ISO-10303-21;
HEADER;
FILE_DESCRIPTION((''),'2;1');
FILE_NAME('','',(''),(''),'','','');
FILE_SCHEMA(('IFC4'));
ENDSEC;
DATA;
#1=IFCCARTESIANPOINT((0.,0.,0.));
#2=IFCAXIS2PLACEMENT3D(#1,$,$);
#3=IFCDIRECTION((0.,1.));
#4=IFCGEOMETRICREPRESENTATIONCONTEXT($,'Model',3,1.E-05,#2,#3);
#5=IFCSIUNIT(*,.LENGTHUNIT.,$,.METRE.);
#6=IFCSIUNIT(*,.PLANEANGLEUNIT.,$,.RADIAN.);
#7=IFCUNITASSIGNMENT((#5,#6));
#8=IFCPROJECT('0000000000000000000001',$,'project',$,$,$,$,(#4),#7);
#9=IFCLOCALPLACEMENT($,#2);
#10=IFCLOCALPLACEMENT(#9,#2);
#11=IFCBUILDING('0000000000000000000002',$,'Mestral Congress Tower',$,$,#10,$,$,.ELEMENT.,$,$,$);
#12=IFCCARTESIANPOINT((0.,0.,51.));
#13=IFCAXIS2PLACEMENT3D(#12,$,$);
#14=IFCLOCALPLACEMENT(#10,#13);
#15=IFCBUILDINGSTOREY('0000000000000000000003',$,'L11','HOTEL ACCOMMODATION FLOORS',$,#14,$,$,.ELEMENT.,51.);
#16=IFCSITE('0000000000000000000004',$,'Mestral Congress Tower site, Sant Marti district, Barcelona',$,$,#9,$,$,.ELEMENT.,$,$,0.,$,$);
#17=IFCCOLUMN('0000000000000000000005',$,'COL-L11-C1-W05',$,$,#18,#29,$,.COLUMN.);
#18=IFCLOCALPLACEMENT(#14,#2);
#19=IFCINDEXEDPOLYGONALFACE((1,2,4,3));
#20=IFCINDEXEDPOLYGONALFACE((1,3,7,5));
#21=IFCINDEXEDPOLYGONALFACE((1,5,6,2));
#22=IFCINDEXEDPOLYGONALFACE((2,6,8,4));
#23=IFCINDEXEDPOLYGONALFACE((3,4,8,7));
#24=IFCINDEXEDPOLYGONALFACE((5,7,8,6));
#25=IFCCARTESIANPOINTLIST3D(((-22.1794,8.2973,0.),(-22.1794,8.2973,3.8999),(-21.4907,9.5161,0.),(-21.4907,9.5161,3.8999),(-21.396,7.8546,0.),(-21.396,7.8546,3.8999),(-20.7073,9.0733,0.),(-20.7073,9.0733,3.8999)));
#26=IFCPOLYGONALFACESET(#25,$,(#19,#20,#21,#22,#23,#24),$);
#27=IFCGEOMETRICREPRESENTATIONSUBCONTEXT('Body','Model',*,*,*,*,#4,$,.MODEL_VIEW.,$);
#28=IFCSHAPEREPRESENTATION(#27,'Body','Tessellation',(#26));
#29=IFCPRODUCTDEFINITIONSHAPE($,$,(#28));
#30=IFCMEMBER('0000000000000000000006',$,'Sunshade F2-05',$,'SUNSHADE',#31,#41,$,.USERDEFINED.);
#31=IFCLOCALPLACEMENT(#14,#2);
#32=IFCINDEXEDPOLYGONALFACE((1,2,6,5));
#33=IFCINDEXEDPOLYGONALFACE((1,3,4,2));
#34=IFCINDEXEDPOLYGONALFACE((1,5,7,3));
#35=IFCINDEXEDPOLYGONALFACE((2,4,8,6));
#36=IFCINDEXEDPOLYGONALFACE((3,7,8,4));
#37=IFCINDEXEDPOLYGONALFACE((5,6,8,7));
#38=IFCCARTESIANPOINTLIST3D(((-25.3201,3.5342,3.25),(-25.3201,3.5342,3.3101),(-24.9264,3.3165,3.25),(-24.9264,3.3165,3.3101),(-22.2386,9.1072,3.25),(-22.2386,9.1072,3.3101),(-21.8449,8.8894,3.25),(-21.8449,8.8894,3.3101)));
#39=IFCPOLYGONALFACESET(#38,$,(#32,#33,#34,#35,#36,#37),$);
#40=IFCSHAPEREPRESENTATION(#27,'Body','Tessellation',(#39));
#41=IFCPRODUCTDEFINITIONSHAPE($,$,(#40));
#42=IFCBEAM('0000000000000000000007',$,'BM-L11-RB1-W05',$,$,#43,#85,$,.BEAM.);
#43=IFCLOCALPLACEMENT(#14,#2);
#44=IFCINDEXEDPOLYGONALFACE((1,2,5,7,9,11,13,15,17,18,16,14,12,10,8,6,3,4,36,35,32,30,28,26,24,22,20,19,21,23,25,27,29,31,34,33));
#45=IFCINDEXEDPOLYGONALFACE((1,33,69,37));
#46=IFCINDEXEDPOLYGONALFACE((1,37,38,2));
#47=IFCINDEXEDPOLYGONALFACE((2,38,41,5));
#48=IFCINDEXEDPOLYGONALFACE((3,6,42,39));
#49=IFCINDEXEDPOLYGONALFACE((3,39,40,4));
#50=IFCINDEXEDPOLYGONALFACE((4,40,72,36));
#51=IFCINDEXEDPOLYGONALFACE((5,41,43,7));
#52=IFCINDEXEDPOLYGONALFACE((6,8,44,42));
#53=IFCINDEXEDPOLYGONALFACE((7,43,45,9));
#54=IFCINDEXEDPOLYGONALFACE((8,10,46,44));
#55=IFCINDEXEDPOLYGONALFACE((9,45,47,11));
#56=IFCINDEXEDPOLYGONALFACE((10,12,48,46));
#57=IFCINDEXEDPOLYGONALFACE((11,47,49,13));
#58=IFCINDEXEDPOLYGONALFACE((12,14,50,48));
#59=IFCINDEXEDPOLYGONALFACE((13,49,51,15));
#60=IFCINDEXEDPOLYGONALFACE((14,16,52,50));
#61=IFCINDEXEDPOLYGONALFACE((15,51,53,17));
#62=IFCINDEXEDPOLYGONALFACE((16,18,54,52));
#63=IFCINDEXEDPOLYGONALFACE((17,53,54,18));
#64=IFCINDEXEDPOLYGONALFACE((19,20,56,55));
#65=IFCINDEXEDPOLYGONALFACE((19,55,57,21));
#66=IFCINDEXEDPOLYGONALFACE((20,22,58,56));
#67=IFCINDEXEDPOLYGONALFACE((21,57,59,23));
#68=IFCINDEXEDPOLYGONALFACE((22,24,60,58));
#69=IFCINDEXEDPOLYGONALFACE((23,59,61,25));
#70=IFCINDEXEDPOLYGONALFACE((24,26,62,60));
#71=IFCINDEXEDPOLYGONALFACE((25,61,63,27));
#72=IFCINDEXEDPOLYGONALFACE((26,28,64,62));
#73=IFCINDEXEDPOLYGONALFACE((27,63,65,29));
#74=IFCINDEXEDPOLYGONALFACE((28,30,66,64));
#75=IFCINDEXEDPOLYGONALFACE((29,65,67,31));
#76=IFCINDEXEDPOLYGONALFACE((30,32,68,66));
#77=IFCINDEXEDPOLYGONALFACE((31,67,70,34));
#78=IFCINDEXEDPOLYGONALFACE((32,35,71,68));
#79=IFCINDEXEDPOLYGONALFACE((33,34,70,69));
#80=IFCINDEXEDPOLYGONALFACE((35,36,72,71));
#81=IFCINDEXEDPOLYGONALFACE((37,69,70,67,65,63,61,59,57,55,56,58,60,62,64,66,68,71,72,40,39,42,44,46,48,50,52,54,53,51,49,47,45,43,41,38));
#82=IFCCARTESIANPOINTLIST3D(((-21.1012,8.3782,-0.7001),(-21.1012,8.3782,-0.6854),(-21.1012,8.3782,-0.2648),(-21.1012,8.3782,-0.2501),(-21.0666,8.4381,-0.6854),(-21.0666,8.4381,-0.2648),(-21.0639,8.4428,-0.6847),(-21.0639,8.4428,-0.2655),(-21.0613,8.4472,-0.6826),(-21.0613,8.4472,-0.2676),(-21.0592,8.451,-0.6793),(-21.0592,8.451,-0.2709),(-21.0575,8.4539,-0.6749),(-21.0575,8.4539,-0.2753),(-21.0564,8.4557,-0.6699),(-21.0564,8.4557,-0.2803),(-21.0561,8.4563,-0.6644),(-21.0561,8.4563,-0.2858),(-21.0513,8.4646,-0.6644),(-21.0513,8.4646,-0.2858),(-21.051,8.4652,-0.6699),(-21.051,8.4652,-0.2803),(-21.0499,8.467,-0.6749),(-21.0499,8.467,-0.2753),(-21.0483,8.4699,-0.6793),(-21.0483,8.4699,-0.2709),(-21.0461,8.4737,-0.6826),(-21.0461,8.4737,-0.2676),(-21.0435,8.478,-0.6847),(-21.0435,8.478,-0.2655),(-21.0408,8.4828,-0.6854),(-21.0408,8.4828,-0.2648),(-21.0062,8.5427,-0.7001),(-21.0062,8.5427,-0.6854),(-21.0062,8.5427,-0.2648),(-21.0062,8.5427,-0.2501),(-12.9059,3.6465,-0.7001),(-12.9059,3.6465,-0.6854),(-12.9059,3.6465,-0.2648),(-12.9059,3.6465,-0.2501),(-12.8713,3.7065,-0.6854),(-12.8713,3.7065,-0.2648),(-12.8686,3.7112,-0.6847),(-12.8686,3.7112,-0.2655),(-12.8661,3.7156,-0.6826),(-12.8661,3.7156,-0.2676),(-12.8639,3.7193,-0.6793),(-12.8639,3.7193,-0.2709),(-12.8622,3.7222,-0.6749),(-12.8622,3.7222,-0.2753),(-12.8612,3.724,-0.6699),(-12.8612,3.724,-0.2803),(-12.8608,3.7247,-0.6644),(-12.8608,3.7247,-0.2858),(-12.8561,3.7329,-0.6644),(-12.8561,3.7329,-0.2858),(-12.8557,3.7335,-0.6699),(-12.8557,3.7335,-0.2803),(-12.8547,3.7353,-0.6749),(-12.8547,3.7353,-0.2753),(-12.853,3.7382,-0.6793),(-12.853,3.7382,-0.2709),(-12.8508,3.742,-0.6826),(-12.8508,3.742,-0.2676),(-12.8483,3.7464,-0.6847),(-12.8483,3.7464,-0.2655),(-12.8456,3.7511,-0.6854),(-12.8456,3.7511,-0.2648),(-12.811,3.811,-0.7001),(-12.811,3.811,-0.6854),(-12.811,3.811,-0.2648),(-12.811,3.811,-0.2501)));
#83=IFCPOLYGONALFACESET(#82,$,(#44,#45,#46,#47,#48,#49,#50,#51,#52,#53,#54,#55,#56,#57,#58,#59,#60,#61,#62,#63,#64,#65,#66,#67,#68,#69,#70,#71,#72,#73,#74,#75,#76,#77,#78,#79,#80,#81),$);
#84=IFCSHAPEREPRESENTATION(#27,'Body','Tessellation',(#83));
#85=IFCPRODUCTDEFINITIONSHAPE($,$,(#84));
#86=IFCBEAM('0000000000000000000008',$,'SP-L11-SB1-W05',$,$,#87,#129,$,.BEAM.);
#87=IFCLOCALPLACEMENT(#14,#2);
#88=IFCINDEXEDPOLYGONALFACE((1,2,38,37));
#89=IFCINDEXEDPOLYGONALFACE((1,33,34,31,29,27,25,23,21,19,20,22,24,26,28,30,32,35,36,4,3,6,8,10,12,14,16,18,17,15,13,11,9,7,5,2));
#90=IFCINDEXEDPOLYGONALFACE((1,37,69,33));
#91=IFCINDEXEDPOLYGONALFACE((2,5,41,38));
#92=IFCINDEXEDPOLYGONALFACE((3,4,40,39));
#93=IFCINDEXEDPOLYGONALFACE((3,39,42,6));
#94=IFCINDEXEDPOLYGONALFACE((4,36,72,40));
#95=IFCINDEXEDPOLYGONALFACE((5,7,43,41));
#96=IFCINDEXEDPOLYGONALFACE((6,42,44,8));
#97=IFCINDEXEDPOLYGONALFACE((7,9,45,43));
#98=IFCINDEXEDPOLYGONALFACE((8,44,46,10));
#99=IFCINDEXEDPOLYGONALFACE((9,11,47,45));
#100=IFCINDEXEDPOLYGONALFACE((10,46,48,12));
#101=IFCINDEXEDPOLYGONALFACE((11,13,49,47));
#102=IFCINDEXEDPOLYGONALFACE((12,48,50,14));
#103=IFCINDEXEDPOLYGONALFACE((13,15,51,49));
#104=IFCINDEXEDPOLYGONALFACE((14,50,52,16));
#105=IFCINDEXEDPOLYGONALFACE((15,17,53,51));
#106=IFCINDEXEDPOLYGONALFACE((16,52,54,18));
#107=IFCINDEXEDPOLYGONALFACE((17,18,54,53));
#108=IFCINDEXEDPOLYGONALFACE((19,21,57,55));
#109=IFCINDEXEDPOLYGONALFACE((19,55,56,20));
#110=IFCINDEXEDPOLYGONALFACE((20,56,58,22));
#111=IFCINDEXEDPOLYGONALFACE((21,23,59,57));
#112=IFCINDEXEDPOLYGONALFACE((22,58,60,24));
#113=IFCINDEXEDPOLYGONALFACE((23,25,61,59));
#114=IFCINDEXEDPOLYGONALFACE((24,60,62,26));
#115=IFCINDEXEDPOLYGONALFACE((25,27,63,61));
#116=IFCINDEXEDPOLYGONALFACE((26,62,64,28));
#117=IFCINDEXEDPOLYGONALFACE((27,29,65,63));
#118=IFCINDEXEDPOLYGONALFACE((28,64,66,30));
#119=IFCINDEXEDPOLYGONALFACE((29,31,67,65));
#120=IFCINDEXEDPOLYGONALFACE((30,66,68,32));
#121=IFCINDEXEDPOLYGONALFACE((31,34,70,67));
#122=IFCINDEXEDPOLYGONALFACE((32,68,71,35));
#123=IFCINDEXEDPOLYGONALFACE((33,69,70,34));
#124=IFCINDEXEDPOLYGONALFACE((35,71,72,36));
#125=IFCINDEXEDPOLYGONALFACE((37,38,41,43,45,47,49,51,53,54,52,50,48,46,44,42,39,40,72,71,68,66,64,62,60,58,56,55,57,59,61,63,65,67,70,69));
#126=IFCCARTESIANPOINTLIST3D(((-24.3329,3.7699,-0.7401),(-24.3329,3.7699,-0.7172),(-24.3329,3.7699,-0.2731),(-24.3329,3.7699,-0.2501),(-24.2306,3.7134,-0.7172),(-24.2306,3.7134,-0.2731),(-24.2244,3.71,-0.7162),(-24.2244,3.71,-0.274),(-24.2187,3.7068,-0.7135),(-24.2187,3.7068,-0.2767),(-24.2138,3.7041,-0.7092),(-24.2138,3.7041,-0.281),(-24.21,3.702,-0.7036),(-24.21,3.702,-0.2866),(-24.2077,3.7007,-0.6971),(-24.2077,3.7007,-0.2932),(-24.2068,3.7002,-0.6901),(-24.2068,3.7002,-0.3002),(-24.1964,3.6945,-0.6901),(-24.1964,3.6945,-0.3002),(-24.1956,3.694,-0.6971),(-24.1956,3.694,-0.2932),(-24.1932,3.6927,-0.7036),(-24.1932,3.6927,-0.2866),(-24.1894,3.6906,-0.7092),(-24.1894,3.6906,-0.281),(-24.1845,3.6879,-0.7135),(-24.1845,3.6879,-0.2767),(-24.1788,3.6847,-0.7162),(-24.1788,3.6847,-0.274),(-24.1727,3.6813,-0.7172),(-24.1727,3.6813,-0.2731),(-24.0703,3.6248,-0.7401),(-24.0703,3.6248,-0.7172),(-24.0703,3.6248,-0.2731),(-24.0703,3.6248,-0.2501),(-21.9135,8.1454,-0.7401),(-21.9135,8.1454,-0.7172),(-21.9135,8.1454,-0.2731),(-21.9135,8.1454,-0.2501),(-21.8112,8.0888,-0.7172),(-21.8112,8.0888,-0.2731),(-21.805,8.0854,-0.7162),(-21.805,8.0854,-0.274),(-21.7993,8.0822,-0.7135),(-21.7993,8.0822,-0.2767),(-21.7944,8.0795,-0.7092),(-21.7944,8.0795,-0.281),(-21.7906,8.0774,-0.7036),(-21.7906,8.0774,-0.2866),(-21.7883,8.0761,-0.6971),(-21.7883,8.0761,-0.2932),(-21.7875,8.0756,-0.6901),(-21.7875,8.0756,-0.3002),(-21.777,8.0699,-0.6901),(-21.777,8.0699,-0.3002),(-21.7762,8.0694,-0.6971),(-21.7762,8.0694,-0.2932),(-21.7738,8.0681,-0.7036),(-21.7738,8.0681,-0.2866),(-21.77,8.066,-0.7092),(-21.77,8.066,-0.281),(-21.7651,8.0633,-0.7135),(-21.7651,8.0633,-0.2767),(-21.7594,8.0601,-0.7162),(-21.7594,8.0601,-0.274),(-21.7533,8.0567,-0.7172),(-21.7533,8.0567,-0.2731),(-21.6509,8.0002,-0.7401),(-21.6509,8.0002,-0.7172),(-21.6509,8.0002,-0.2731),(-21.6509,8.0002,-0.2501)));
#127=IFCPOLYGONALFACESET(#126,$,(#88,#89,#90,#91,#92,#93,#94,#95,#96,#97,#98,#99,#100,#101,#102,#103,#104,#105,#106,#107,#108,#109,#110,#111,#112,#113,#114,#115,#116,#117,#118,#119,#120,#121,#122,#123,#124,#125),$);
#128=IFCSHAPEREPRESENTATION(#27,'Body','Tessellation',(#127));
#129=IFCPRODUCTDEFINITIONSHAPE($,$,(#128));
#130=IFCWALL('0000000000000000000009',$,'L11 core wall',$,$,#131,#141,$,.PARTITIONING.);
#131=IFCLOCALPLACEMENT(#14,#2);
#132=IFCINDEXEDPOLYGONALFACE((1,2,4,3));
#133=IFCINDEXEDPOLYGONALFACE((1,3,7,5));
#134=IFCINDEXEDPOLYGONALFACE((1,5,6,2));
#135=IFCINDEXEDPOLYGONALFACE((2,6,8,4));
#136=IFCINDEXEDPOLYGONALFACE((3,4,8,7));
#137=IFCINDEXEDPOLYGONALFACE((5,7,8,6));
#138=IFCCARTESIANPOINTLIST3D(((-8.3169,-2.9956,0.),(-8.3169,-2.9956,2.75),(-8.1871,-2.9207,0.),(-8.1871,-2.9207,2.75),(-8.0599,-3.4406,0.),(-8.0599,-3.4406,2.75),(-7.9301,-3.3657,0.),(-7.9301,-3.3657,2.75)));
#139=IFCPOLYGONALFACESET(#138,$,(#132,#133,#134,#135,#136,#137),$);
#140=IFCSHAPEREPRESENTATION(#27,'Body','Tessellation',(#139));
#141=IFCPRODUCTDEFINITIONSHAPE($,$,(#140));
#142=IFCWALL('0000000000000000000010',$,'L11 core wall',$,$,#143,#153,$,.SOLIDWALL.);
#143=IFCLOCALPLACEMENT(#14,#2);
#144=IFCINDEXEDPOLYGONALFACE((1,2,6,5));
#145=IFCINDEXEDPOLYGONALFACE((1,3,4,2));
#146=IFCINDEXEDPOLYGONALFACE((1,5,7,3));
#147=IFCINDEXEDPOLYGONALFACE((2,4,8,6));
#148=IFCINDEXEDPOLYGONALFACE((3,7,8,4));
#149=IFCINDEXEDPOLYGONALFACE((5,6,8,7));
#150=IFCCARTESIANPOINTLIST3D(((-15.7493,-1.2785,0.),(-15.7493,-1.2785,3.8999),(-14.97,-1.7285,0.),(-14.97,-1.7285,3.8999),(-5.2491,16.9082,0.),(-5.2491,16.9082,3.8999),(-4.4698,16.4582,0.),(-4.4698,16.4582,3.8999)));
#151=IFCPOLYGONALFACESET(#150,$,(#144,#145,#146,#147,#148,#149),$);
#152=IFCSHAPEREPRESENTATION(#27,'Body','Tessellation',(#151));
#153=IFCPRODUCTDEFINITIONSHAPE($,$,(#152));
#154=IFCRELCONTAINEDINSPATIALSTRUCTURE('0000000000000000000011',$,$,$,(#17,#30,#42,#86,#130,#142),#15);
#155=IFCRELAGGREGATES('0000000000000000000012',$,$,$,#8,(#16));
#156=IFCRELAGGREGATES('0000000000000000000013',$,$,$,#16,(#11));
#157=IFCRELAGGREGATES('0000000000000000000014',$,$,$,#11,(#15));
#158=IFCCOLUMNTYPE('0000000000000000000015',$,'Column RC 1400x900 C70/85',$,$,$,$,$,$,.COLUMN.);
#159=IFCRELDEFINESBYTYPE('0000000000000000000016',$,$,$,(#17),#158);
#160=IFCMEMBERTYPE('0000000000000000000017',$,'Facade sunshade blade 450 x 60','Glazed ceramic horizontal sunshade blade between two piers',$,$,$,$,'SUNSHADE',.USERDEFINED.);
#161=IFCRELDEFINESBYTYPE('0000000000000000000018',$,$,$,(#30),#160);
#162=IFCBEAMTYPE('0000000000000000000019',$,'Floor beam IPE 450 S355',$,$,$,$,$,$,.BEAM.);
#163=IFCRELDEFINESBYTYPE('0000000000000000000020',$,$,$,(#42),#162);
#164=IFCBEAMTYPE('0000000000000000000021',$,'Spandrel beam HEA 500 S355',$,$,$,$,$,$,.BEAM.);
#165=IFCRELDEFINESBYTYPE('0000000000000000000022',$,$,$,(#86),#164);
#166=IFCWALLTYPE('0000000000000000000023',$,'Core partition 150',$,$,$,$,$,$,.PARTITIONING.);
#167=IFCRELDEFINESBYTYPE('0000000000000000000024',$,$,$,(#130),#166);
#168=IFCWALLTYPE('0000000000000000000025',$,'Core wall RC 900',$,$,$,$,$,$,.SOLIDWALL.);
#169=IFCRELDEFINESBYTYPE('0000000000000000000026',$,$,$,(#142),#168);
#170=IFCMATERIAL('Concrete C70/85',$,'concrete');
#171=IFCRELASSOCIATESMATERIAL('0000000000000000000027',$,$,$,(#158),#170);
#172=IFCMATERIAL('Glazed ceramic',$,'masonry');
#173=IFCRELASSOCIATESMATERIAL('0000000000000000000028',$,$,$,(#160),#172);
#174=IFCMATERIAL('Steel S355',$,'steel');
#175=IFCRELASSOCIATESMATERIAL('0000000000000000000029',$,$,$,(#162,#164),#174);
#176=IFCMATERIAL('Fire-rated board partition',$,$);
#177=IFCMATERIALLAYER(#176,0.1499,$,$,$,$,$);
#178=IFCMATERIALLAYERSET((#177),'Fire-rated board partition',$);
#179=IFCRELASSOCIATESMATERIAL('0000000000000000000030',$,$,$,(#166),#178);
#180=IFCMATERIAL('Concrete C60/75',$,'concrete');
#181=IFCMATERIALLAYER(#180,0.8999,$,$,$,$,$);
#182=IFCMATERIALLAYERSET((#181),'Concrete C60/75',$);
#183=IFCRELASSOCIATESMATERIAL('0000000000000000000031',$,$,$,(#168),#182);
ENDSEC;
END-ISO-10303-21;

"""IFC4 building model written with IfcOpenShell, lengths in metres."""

from ifc_helpers import new_model, si_unit, direction, frame, frame_2d, origin, origin_2d, place, context, subcontext, project, spatial, rectangle, i_section, extrude, material, layer, layer_set, material_profile, profile_set, type_object, element, save


model = new_model("IFC4")

# Units and contexts
model_context = context("Model", 3, precision=1e-05, world=origin(), true_north=direction((0.0, 1.0)))
body_context = subcontext(model_context, "Body", "Model", "MODEL_VIEW")
ifc_project = project(units=[si_unit("LENGTHUNIT", "METRE"), si_unit("PLANEANGLEUNIT", "RADIAN")], contexts=[model_context])

# Site, building, storey
site_placement = place(None, origin())
site = spatial("IfcSite", under=ifc_project, at=site_placement, Name="Mestral Congress Tower site, Sant Marti district, Barcelona", CompositionType="ELEMENT", RefElevation=0.0)
building_placement = place(site_placement, origin())
building = spatial("IfcBuilding", under=site, at=building_placement, Name="Mestral Congress Tower", CompositionType="ELEMENT")
storey_placement = place(building_placement, frame((0.0, 0.0, 51.0)))
storey = spatial("IfcBuildingStorey", under=building, at=storey_placement, Name="L11", Description="HOTEL ACCOMMODATION FLOORS", CompositionType="ELEMENT", Elevation=51.0)

# Column
ifc_material_1 = material(Name="Concrete C70/85", Category="concrete")
ifc_material_profile_1 = material_profile(ifc_material_1, rectangle(XDim=1.3999, YDim=0.8999, at=origin_2d()), Name="RC 1400x900")
ifc_profile_set_1 = profile_set([ifc_material_profile_1], Name="Concrete C70/85")
column_type = type_object("IfcColumnType", Name="Column RC 1400x900 C70/85", PredefinedType="COLUMN", material=ifc_profile_set_1)
column_placement = place(storey_placement, frame((-21.4434, 8.6853, 0.0), z_axis=(0.0, 0.0, 1.0), x_axis=(-0.491974, -0.87061, 0.0)))
element("IfcColumn", 1, at=column_placement, inside=storey, type_object=column_type, Name="COL-L11-C1-W05", PredefinedType="COLUMN", context=body_context, shape_type="SweptSolid", body=[
    extrude(rectangle(XDim=1.3999, YDim=0.8999, at=origin_2d()), origin(), (0.0, 0.0, 1.0), 3.8999),
])

# Member
ifc_material_2 = material(Name="Glazed ceramic", Category="masonry")
ifc_material_profile_2 = material_profile(ifc_material_2, rectangle(XDim=0.45, YDim=0.0601, at=origin_2d()), Name="Ceramic blade 450 x 60")
ifc_profile_set_2 = profile_set([ifc_material_profile_2], Name="Glazed ceramic")
member_type = type_object("IfcMemberType", Name="Facade sunshade blade 450 x 60", Description="Glazed ceramic horizontal sunshade blade between two piers", ElementType="SUNSHADE", PredefinedType="USERDEFINED", material=ifc_profile_set_2)
member_placement = place(storey_placement, frame((-22.0417, 8.9983, 3.28), z_axis=(-0.483894, -0.875127, 0.0), x_axis=(0.875127, -0.483894, 0.0)))
element("IfcMember", 2, at=member_placement, inside=storey, type_object=member_type, Name="Sunshade F2-05", ObjectType="SUNSHADE", PredefinedType="USERDEFINED", context=body_context, shape_type="SweptSolid", body=[
    extrude(rectangle(XDim=0.45, YDim=0.0601, at=origin_2d()), origin(), (0.0, 0.0, 1.0), 6.3682),
])

# Beams
ifc_material_3 = material(Name="Steel S355", Category="steel")
ifc_material_profile_3 = material_profile(ifc_material_3, i_section(OverallWidth=0.1899, OverallDepth=0.45, WebThickness=0.0095, FlangeThickness=0.0146, FilletRadius=0.021, at=origin_2d()), Name="IPE 450")
ifc_profile_set_3 = profile_set([ifc_material_profile_3], Name="Steel S355")
beam_type_1 = type_object("IfcBeamType", Name="Floor beam IPE 450 S355", PredefinedType="BEAM", material=ifc_profile_set_3)
beam_1_placement = place(storey_placement, frame((-21.0537, 8.4604, -0.4751), z_axis=(0.86602, -0.50001, 0.0), x_axis=(0.50001, 0.86602, 0.0)))
element("IfcBeam", 3, at=beam_1_placement, inside=storey, type_object=beam_type_1, Name="BM-L11-RB1-W05", PredefinedType="BEAM", context=body_context, shape_type="SweptSolid", body=[
    extrude(i_section(OverallWidth=0.1899, OverallDepth=0.45, WebThickness=0.0095, FlangeThickness=0.0146, FilletRadius=0.021, at=origin_2d()), origin(), (0.0, 0.0, 1.0), 9.4631),
])
ifc_material_profile_4 = material_profile(ifc_material_3, i_section(OverallWidth=0.3, OverallDepth=0.49, WebThickness=0.012, FlangeThickness=0.0229, FilletRadius=0.0271, at=origin_2d()), Name="HEA 500")
ifc_profile_set_4 = profile_set([ifc_material_profile_4], Name="Steel S355")
beam_type_2 = type_object("IfcBeamType", Name="Spandrel beam HEA 500 S355", PredefinedType="BEAM", material=ifc_profile_set_4)
beam_2_placement = place(storey_placement, frame((-21.7822, 8.0728, -0.4951), z_axis=(-0.483901, -0.875123, 0.0), x_axis=(0.875123, -0.483901, 0.0)))
element("IfcBeam", 4, at=beam_2_placement, inside=storey, type_object=beam_type_2, Name="SP-L11-SB1-W05", PredefinedType="BEAM", context=body_context, shape_type="SweptSolid", body=[
    extrude(i_section(OverallWidth=0.3, OverallDepth=0.49, WebThickness=0.012, FlangeThickness=0.0229, FilletRadius=0.0271, at=origin_2d()), origin(), (0.0, 0.0, 1.0), 4.9998),
])

# Walls
ifc_material_4 = material(Name="Fire-rated board partition")
ifc_layer_1 = layer(ifc_material_4, 0.1499)
ifc_layer_set_1 = layer_set([ifc_layer_1], Name="Fire-rated board partition")
wall_type_1 = type_object("IfcWallType", Name="Core partition 150", PredefinedType="PARTITIONING", material=ifc_layer_set_1)
wall_1_placement = place(storey_placement, frame((-8.252, -2.9583, 0.0), z_axis=(0.0, 0.0, 1.0), x_axis=(0.500175, -0.865925, 0.0)))
element("IfcWall", 5, at=wall_1_placement, inside=storey, type_object=wall_type_1, Name="L11 core wall", PredefinedType="PARTITIONING", context=body_context, shape_type="SweptSolid", body=[
    extrude(rectangle(XDim=0.5139, YDim=0.1499, at=frame_2d((0.2568, 0.0))), origin(), (0.0, 0.0, 1.0), 2.75),
])
ifc_material_5 = material(Name="Concrete C60/75", Category="concrete")
ifc_layer_2 = layer(ifc_material_5, 0.8999)
ifc_layer_set_2 = layer_set([ifc_layer_2], Name="Concrete C60/75")
wall_type_2 = type_object("IfcWallType", Name="Core wall RC 900", PredefinedType="SOLIDWALL", material=ifc_layer_set_2)
wall_2_placement = place(storey_placement, frame((-15.3596, -1.5034, 0.0), z_axis=(0.0, 0.0, 1.0), x_axis=(0.500004, 0.866023, 0.0)))
element("IfcWall", 6, at=wall_2_placement, inside=storey, type_object=wall_type_2, Name="L11 core wall", PredefinedType="SOLIDWALL", context=body_context, shape_type="SweptSolid", body=[
    extrude(rectangle(XDim=21.0002, YDim=0.8999, at=frame_2d((10.5, 0.0))), origin(), (0.0, 0.0, 1.0), 3.8999),
])

save(model, "model.ifc")
